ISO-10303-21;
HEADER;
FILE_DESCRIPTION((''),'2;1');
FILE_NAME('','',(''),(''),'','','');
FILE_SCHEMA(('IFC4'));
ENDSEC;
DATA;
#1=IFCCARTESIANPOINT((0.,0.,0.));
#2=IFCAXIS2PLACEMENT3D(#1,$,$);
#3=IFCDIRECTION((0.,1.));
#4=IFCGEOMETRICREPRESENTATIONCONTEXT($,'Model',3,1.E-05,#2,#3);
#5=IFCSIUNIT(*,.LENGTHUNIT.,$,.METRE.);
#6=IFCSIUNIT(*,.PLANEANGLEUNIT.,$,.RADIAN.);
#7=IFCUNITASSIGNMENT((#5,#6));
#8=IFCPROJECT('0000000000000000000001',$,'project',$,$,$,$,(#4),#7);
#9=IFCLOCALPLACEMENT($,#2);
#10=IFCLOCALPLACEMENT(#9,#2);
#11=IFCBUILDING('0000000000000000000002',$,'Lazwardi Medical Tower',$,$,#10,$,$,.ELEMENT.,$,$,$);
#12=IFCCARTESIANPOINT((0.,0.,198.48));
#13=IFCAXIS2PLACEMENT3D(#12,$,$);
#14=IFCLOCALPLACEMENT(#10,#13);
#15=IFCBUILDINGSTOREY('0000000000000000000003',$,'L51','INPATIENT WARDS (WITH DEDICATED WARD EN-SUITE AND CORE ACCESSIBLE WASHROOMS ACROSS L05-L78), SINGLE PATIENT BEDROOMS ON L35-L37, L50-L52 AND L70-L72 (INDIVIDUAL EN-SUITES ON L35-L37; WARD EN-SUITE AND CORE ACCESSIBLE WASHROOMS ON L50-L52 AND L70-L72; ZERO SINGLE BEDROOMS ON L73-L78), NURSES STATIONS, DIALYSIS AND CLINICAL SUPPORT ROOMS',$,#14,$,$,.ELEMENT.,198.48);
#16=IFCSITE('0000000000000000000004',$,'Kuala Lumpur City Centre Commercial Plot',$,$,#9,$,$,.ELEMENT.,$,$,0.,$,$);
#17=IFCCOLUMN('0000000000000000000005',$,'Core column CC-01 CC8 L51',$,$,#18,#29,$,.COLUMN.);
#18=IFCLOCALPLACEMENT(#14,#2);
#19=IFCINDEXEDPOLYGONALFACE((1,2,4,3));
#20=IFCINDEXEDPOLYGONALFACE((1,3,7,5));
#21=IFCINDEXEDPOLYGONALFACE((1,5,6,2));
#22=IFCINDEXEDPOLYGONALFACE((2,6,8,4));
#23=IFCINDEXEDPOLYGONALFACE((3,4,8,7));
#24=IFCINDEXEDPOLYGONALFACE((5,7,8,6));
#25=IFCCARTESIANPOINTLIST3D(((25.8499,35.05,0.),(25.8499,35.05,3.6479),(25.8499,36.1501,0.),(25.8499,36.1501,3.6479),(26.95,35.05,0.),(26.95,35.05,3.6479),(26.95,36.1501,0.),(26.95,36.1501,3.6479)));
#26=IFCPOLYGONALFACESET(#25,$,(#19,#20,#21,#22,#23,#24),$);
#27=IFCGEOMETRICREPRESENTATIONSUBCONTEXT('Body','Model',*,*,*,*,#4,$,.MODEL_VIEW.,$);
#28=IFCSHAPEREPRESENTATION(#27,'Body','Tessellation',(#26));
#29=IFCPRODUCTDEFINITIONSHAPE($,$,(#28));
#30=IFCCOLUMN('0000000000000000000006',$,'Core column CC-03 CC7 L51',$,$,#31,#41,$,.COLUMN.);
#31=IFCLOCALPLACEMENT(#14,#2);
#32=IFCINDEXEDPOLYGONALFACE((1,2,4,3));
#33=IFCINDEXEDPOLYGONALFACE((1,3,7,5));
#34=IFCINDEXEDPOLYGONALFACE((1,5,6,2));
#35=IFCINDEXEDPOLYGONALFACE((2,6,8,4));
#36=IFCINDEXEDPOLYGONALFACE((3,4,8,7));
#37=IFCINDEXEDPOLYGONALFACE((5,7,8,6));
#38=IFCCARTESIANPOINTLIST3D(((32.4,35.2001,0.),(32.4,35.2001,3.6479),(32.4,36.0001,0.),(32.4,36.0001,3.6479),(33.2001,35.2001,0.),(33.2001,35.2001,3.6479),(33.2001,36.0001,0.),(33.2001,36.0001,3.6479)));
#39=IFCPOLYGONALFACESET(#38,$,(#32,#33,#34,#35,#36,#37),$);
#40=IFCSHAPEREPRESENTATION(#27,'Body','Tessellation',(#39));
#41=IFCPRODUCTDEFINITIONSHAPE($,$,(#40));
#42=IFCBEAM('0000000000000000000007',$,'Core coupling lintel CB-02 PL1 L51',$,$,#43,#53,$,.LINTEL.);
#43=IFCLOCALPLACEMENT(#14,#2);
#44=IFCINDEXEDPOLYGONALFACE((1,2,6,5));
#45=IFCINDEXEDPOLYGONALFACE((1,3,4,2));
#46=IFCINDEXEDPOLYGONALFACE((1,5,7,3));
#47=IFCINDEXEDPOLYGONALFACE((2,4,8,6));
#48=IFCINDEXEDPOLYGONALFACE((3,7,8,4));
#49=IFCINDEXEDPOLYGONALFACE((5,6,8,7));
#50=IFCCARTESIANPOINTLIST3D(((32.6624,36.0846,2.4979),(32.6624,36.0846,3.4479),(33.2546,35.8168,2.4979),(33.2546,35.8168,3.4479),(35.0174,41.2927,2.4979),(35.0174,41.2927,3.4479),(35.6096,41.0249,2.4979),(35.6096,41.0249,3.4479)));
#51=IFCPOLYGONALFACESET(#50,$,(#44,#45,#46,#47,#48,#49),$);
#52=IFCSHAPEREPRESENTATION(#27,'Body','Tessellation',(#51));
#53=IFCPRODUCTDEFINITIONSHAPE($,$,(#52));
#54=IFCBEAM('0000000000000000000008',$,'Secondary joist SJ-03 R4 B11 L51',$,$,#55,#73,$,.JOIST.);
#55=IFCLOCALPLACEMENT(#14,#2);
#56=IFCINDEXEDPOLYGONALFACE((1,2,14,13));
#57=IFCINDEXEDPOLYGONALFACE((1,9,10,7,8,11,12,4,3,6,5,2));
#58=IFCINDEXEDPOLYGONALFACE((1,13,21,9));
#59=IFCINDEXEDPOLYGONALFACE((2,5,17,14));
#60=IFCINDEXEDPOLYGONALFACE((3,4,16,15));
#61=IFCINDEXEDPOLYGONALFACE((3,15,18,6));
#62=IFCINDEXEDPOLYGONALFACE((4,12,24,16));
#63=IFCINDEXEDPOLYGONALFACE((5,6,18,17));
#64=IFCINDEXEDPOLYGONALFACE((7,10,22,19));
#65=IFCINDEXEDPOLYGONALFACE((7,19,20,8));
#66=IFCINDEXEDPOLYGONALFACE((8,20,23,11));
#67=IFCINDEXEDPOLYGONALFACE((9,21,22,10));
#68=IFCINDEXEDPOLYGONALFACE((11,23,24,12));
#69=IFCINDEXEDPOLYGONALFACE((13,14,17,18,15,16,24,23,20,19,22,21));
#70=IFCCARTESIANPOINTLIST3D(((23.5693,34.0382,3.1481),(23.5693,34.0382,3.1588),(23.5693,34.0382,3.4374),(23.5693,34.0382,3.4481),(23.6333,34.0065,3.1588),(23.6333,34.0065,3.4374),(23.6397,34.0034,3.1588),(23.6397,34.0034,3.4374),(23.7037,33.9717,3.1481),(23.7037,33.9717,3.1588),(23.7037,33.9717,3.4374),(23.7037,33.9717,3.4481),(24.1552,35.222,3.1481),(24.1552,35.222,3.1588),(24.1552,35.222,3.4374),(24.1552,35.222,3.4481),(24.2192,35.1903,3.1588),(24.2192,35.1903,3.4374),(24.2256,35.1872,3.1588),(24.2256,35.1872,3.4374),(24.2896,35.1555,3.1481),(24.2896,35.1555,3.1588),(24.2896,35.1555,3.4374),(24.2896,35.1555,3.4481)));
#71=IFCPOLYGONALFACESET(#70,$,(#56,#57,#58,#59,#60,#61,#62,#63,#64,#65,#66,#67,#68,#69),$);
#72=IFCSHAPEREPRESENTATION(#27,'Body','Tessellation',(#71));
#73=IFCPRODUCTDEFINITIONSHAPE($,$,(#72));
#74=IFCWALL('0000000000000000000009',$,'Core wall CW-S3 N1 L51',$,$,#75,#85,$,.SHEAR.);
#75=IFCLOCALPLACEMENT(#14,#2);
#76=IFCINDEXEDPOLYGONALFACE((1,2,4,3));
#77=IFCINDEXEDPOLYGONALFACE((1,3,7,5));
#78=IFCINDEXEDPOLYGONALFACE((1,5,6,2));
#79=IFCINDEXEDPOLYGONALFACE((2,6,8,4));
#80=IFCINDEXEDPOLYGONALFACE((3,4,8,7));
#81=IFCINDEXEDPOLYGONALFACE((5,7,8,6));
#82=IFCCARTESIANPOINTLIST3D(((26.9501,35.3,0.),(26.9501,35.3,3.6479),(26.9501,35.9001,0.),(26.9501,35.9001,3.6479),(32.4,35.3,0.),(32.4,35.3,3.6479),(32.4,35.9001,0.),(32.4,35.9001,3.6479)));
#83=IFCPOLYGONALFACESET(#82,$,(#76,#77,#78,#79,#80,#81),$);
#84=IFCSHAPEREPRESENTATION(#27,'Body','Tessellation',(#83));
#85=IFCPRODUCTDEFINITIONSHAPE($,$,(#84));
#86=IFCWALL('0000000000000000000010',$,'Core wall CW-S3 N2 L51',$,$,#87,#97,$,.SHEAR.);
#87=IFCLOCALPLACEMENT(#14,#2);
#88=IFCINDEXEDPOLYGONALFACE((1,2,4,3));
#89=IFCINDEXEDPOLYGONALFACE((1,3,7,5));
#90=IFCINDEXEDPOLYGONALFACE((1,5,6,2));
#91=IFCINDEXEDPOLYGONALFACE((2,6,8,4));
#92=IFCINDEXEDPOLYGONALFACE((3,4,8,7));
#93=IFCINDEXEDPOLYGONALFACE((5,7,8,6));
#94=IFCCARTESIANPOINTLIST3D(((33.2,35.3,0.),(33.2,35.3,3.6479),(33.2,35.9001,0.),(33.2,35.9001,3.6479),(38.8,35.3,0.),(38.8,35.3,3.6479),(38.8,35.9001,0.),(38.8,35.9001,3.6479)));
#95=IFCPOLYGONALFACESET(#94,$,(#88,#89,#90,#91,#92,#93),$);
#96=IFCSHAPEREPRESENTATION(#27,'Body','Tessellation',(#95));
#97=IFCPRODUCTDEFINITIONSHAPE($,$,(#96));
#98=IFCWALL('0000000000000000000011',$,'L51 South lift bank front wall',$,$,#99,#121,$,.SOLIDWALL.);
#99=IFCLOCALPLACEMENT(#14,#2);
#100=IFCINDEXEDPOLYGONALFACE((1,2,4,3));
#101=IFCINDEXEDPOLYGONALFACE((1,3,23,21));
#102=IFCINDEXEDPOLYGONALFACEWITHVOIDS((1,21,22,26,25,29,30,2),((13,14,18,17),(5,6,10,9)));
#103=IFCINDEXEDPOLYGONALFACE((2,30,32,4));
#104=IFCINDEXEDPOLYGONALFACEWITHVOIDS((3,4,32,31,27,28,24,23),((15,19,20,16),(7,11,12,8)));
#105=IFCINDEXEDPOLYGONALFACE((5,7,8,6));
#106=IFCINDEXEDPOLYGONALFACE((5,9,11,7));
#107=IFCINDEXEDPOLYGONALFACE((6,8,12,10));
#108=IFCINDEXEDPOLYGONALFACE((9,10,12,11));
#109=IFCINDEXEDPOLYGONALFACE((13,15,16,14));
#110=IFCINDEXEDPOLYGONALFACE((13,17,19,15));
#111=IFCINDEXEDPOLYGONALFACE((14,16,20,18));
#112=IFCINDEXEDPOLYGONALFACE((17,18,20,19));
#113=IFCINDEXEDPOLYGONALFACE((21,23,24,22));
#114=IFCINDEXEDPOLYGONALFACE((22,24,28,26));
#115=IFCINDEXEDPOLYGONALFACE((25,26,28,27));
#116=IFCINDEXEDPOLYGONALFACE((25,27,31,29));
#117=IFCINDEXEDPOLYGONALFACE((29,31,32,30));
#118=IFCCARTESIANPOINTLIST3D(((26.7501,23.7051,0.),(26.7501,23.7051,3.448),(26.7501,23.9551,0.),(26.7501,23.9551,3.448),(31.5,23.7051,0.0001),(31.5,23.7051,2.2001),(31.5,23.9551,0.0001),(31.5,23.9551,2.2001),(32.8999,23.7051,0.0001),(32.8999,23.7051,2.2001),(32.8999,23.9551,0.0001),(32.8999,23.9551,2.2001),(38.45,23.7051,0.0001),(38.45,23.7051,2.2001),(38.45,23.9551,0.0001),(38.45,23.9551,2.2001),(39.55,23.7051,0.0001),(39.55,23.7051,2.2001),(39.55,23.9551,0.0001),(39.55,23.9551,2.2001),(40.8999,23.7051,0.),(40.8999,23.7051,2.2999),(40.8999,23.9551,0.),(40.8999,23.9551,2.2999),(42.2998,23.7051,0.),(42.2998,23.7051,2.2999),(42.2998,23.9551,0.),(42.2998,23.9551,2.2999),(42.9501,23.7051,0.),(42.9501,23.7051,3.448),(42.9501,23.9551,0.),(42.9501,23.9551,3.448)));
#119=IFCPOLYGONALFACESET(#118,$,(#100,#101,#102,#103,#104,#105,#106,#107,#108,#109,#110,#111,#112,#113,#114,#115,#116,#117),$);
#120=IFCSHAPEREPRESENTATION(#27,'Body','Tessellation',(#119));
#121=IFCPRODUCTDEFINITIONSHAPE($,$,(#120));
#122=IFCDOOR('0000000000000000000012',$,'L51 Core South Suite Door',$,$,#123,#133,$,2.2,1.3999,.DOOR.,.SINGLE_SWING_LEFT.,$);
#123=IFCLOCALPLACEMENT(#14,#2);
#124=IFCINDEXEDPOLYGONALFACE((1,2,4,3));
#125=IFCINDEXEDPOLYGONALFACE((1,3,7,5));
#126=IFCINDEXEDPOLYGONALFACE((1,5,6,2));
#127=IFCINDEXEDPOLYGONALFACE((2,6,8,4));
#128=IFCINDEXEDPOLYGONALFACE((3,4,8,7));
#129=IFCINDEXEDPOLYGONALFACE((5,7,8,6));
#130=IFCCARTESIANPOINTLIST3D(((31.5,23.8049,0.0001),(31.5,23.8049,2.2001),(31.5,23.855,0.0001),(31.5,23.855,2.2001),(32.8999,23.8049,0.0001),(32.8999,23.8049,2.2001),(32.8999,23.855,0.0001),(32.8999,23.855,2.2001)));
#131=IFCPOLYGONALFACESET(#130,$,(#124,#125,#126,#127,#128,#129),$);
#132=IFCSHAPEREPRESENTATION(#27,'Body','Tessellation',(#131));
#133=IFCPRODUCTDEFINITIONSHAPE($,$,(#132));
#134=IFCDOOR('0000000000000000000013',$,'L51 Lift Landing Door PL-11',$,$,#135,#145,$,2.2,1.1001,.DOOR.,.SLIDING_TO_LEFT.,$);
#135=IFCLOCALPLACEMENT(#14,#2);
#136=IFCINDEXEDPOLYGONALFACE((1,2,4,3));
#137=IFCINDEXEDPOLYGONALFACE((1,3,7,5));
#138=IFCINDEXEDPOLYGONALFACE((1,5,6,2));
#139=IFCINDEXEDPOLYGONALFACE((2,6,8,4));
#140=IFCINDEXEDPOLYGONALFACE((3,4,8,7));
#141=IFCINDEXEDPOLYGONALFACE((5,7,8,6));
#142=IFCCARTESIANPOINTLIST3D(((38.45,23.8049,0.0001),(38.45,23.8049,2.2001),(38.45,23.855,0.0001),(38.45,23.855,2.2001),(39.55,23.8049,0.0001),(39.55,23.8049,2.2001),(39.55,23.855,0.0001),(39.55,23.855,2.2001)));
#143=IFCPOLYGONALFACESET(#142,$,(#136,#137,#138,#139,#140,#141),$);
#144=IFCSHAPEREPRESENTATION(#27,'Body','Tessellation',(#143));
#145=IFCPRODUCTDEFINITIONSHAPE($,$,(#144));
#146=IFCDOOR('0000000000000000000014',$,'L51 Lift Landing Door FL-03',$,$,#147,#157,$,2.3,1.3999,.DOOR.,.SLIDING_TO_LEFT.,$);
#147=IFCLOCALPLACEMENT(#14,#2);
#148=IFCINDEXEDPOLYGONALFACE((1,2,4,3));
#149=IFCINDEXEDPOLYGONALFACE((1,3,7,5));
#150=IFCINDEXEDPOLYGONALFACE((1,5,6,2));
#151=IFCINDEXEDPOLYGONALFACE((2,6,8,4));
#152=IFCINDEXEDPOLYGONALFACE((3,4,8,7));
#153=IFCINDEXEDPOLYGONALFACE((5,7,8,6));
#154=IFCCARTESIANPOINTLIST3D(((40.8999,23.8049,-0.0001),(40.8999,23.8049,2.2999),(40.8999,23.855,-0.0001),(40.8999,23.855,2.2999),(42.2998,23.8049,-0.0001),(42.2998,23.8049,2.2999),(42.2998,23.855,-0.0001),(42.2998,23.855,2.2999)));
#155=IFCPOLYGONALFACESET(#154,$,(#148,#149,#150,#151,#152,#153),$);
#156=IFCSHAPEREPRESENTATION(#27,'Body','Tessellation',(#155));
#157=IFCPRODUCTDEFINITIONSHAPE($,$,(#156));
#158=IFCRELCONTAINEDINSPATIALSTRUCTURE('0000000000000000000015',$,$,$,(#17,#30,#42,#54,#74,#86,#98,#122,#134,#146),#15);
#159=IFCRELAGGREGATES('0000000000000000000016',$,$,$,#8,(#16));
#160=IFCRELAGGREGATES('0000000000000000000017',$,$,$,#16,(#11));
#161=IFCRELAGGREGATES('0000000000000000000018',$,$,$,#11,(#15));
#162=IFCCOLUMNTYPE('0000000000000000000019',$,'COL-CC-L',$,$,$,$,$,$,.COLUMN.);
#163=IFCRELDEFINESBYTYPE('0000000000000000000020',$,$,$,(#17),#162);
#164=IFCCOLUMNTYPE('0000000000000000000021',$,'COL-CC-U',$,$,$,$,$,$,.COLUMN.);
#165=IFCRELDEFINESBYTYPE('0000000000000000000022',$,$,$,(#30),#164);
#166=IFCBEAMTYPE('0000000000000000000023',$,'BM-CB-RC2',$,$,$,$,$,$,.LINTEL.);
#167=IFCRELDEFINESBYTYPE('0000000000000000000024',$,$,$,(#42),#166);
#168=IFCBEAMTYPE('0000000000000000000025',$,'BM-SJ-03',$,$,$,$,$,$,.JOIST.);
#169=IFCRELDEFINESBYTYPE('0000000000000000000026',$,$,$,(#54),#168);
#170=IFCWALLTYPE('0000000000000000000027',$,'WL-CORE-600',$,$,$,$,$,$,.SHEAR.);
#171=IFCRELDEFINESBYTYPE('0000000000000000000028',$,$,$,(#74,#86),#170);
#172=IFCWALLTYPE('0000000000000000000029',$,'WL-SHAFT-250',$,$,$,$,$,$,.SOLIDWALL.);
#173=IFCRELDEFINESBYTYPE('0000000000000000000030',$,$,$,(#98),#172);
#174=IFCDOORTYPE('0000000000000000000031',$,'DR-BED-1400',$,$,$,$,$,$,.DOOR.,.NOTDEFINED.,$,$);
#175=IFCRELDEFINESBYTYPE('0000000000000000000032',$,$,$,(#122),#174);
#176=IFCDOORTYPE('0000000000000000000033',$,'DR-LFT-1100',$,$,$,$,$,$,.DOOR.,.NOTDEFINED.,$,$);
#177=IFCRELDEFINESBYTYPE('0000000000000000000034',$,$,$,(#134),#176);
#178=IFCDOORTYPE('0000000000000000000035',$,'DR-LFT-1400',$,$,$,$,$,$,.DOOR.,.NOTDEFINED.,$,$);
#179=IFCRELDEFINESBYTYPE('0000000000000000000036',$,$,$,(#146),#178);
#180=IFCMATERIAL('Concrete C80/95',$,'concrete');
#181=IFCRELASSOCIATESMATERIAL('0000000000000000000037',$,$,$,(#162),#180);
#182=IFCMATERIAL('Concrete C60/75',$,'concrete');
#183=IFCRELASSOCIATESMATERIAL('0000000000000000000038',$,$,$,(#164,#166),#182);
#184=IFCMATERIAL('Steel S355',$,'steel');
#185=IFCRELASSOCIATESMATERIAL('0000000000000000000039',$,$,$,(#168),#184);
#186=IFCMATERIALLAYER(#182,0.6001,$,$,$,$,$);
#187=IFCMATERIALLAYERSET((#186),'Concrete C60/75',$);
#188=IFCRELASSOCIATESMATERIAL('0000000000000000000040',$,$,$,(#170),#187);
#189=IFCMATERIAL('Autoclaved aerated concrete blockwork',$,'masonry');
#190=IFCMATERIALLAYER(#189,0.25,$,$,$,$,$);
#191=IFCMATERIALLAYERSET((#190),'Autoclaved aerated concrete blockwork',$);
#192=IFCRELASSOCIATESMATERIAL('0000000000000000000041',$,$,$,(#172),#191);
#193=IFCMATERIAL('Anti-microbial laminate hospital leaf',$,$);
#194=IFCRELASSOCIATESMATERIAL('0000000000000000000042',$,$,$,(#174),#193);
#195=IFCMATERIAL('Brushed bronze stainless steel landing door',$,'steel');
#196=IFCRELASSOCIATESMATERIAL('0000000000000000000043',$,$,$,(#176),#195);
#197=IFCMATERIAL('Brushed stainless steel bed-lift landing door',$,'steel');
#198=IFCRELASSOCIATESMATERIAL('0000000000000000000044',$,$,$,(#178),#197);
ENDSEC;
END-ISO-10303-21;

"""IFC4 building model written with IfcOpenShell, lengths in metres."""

from ifc_helpers import new_model, si_unit, direction, frame, frame_2d, origin, origin_2d, place, context, subcontext, project, spatial, rectangle, i_section, extrude, material, layer, layer_set, material_profile, profile_set, type_object, element, fill, save


model = new_model("IFC4")

# Units and contexts
model_context = context("Model", 3, precision=1e-05, world=origin(), true_north=direction((0.0, 1.0)))
body_context = subcontext(model_context, "Body", "Model", "MODEL_VIEW")
ifc_project = project(units=[si_unit("LENGTHUNIT", "METRE"), si_unit("PLANEANGLEUNIT", "RADIAN")], contexts=[model_context])

# Site, building, storey
site_placement = place(None, origin())
site = spatial("IfcSite", under=ifc_project, at=site_placement, Name="Kuala Lumpur City Centre Commercial Plot", CompositionType="ELEMENT", RefElevation=0.0)
building_placement = place(site_placement, origin())
building = spatial("IfcBuilding", under=site, at=building_placement, Name="Lazwardi Medical Tower", CompositionType="ELEMENT")
storey_placement = place(building_placement, frame((0.0, 0.0, 198.48)))
storey = spatial("IfcBuildingStorey", under=building, at=storey_placement, Name="L51", Description="INPATIENT WARDS (WITH DEDICATED WARD EN-SUITE AND CORE ACCESSIBLE WASHROOMS ACROSS L05-L78), SINGLE PATIENT BEDROOMS ON L35-L37, L50-L52 AND L70-L72 (INDIVIDUAL EN-SUITES ON L35-L37; WARD EN-SUITE AND CORE ACCESSIBLE WASHROOMS ON L50-L52 AND L70-L72; ZERO SINGLE BEDROOMS ON L73-L78), NURSES STATIONS, DIALYSIS AND CLINICAL SUPPORT ROOMS", CompositionType="ELEMENT", Elevation=198.48)

# Columns
ifc_material_1 = material(Name="Concrete C80/95", Category="concrete")
ifc_material_profile_1 = material_profile(ifc_material_1, rectangle(XDim=1.1001, YDim=1.1001, at=origin_2d()), Name="RC 1100x1100")
ifc_profile_set_1 = profile_set([ifc_material_profile_1], Name="Concrete C80/95")
column_type_1 = type_object("IfcColumnType", Name="COL-CC-L", PredefinedType="COLUMN", material=ifc_profile_set_1)
column_1_placement = place(storey_placement, frame((26.3999, 35.6001, 0.0), z_axis=(0.0, 0.0, 1.0), x_axis=(1.0, 0.0, 0.0)))
element("IfcColumn", 1, at=column_1_placement, inside=storey, type_object=column_type_1, Name="Core column CC-01 CC8 L51", PredefinedType="COLUMN", context=body_context, shape_type="SweptSolid", body=[
    extrude(rectangle(XDim=1.1001, YDim=1.1001, at=origin_2d()), origin(), (0.0, 0.0, 1.0), 3.6479),
])
ifc_material_2 = material(Name="Concrete C60/75", Category="concrete")
ifc_material_profile_2 = material_profile(ifc_material_2, rectangle(XDim=0.8, YDim=0.8, at=origin_2d()), Name="RC 800x800")
ifc_profile_set_2 = profile_set([ifc_material_profile_2], Name="Concrete C60/75")
column_type_2 = type_object("IfcColumnType", Name="COL-CC-U", PredefinedType="COLUMN", material=ifc_profile_set_2)
column_2_placement = place(storey_placement, frame((32.8, 35.6001, 0.0), z_axis=(0.0, 0.0, 1.0), x_axis=(1.0, 0.0, 0.0)))
element("IfcColumn", 2, at=column_2_placement, inside=storey, type_object=column_type_2, Name="Core column CC-03 CC7 L51", PredefinedType="COLUMN", context=body_context, shape_type="SweptSolid", body=[
    extrude(rectangle(XDim=0.8, YDim=0.8, at=origin_2d()), origin(), (0.0, 0.0, 1.0), 3.6479),
])

# Beams
ifc_material_profile_3 = material_profile(ifc_material_2, rectangle(XDim=0.6499, YDim=0.95, at=origin_2d()), Name="RC 650x950")
ifc_profile_set_3 = profile_set([ifc_material_profile_3], Name="Concrete C60/75")
beam_type_1 = type_object("IfcBeamType", Name="BM-CB-RC2", PredefinedType="LINTEL", material=ifc_profile_set_3)
beam_1_placement = place(storey_placement, frame((32.9585, 35.9507, 2.9729), z_axis=(0.412019, 0.911175, 0.0), x_axis=(-0.911175, 0.412019, 0.0)))
element("IfcBeam", 3, at=beam_1_placement, inside=storey, type_object=beam_type_1, Name="Core coupling lintel CB-02 PL1 L51", PredefinedType="LINTEL", context=body_context, shape_type="SweptSolid", body=[
    extrude(rectangle(XDim=0.6499, YDim=0.95, at=origin_2d()), origin(), (0.0, 0.0, 1.0), 5.7158),
])
ifc_material_3 = material(Name="Steel S355", Category="steel")
ifc_material_profile_4 = material_profile(ifc_material_3, i_section(OverallWidth=0.1499, OverallDepth=0.3, WebThickness=0.0071, FlangeThickness=0.0107, at=origin_2d()), Name="IPE 300")
ifc_profile_set_4 = profile_set([ifc_material_profile_4], Name="Steel S355")
beam_type_2 = type_object("IfcBeamType", Name="BM-SJ-03", PredefinedType="JOIST", material=ifc_profile_set_4)
beam_2_placement = place(storey_placement, frame((24.2224, 35.1887, 3.2981), z_axis=(-0.443587, -0.896231, 0.0), x_axis=(0.896231, -0.443587, 0.0)))
element("IfcBeam", 4, at=beam_2_placement, inside=storey, type_object=beam_type_2, Name="Secondary joist SJ-03 R4 B11 L51", PredefinedType="JOIST", context=body_context, shape_type="SweptSolid", body=[
    extrude(i_section(OverallWidth=0.1499, OverallDepth=0.3, WebThickness=0.0071, FlangeThickness=0.0107, at=origin_2d()), origin(), (0.0, 0.0, 1.0), 1.3208),
])

# Walls
ifc_layer_1 = layer(ifc_material_2, 0.6001)
ifc_layer_set_1 = layer_set([ifc_layer_1], Name="Concrete C60/75")
wall_type_1 = type_object("IfcWallType", Name="WL-CORE-600", PredefinedType="SHEAR", material=ifc_layer_set_1)
wall_1_placement = place(storey_placement, frame((26.95, 35.6001, 0.0), z_axis=(0.0, 0.0, 1.0), x_axis=(1.0, 0.0, 0.0)))
element("IfcWall", 5, at=wall_1_placement, inside=storey, type_object=wall_type_1, Name="Core wall CW-S3 N1 L51", PredefinedType="SHEAR", context=body_context, shape_type="SweptSolid", body=[
    extrude(rectangle(XDim=5.45, YDim=0.6001, at=frame_2d((2.7251, 0.0))), origin(), (0.0, 0.0, 1.0), 3.6479),
])
wall_2_placement = place(storey_placement, frame((33.2, 35.6001, 0.0), z_axis=(0.0, 0.0, 1.0), x_axis=(1.0, 0.0, 0.0)))
element("IfcWall", 6, at=wall_2_placement, inside=storey, type_object=wall_type_1, Name="Core wall CW-S3 N2 L51", PredefinedType="SHEAR", context=body_context, shape_type="SweptSolid", body=[
    extrude(rectangle(XDim=5.6001, YDim=0.6001, at=frame_2d((2.8, 0.0))), origin(), (0.0, 0.0, 1.0), 3.6479),
])

# Wall, openings, doors
ifc_material_4 = material(Name="Autoclaved aerated concrete blockwork", Category="masonry")
ifc_layer_2 = layer(ifc_material_4, 0.25)
ifc_layer_set_2 = layer_set([ifc_layer_2], Name="Autoclaved aerated concrete blockwork")
wall_type_2 = type_object("IfcWallType", Name="WL-SHAFT-250", PredefinedType="SOLIDWALL", material=ifc_layer_set_2)
wall_3_placement = place(storey_placement, frame((26.75, 23.8301, 0.0), z_axis=(0.0, 0.0, 1.0), x_axis=(1.0, 0.0, 0.0)))
wall_3 = element("IfcWall", 7, at=wall_3_placement, inside=storey, type_object=wall_type_2, Name="L51 South lift bank front wall", PredefinedType="SOLIDWALL", context=body_context, shape_type="SweptSolid", body=[
    extrude(rectangle(XDim=16.2, YDim=0.25, at=frame_2d((8.1001, 0.0))), origin(), (0.0, 0.0, 1.0), 3.448),
])
opening_1_placement = place(wall_3_placement, frame((4.75, 0.0, 0.0)))
opening_1 = element("IfcOpeningElement", 8, at=opening_1_placement, cuts=wall_3, PredefinedType="OPENING", context=body_context, shape_type="SweptSolid", body=[
    extrude(rectangle(XDim=1.3999, YDim=2.2, at=frame_2d((0.7, 1.1001))), frame((0.0, 0.135, 0.0), z_axis=(0.0, -1.0, 0.0), x_axis=(1.0, 0.0, 0.0)), (0.0, 0.0, 1.0), 0.27),
])
opening_2_placement = place(wall_3_placement, frame((11.7, 0.0, 0.0)))
opening_2 = element("IfcOpeningElement", 9, at=opening_2_placement, cuts=wall_3, PredefinedType="OPENING", context=body_context, shape_type="SweptSolid", body=[
    extrude(rectangle(XDim=1.1001, YDim=2.2, at=frame_2d((0.55, 1.1001))), frame((0.0, 0.135, 0.0), z_axis=(0.0, -1.0, 0.0), x_axis=(1.0, 0.0, 0.0)), (0.0, 0.0, 1.0), 0.27),
])
opening_3_placement = place(wall_3_placement, frame((14.1499, 0.0, 0.0)))
opening_3 = element("IfcOpeningElement", 10, at=opening_3_placement, cuts=wall_3, PredefinedType="OPENING", context=body_context, shape_type="SweptSolid", body=[
    extrude(rectangle(XDim=1.3999, YDim=2.3, at=frame_2d((0.7, 1.1499))), frame((0.0, 0.135, 0.0), z_axis=(0.0, -1.0, 0.0), x_axis=(1.0, 0.0, 0.0)), (0.0, 0.0, 1.0), 0.27),
])
ifc_material_5 = material(Name="Anti-microbial laminate hospital leaf")
door_type_1 = type_object("IfcDoorType", Name="DR-BED-1400", OperationType="NOTDEFINED", PredefinedType="DOOR", material=ifc_material_5)
door_1_placement = place(opening_1_placement, origin())
door_1 = element("IfcDoor", 11, at=door_1_placement, inside=storey, type_object=door_type_1, Name="L51 Core South Suite Door", OperationType="SINGLE_SWING_LEFT", OverallHeight=2.2, OverallWidth=1.3999, PredefinedType="DOOR", context=body_context, shape_type="SweptSolid", body=[
    extrude(rectangle(XDim=1.3999, YDim=2.2, at=frame_2d((0.7, 1.1001))), frame((0.0, 0.0249, 0.0), z_axis=(0.0, -1.0, 0.0), x_axis=(1.0, 0.0, 0.0)), (0.0, 0.0, 1.0), 0.05),
])
fill(opening_1, door_1)
ifc_material_6 = material(Name="Brushed bronze stainless steel landing door", Category="steel")
door_type_2 = type_object("IfcDoorType", Name="DR-LFT-1100", OperationType="NOTDEFINED", PredefinedType="DOOR", material=ifc_material_6)
door_2_placement = place(opening_2_placement, origin())
door_2 = element("IfcDoor", 12, at=door_2_placement, inside=storey, type_object=door_type_2, Name="L51 Lift Landing Door PL-11", OperationType="SLIDING_TO_LEFT", OverallHeight=2.2, OverallWidth=1.1001, PredefinedType="DOOR", context=body_context, shape_type="SweptSolid", body=[
    extrude(rectangle(XDim=1.1001, YDim=2.2, at=frame_2d((0.55, 1.1001))), frame((0.0, 0.0249, 0.0), z_axis=(0.0, -1.0, 0.0), x_axis=(1.0, 0.0, 0.0)), (0.0, 0.0, 1.0), 0.05),
])
fill(opening_2, door_2)
ifc_material_7 = material(Name="Brushed stainless steel bed-lift landing door", Category="steel")
door_type_3 = type_object("IfcDoorType", Name="DR-LFT-1400", OperationType="NOTDEFINED", PredefinedType="DOOR", material=ifc_material_7)
door_3_placement = place(opening_3_placement, origin())
door_3 = element("IfcDoor", 13, at=door_3_placement, inside=storey, type_object=door_type_3, Name="L51 Lift Landing Door FL-03", OperationType="SLIDING_TO_LEFT", OverallHeight=2.3, OverallWidth=1.3999, PredefinedType="DOOR", context=body_context, shape_type="SweptSolid", body=[
    extrude(rectangle(XDim=1.3999, YDim=2.3, at=frame_2d((0.7, 1.1499))), frame((0.0, 0.0249, 0.0), z_axis=(0.0, -1.0, 0.0), x_axis=(1.0, 0.0, 0.0)), (0.0, 0.0, 1.0), 0.05),
])
fill(opening_3, door_3)

save(model, "model.ifc")
